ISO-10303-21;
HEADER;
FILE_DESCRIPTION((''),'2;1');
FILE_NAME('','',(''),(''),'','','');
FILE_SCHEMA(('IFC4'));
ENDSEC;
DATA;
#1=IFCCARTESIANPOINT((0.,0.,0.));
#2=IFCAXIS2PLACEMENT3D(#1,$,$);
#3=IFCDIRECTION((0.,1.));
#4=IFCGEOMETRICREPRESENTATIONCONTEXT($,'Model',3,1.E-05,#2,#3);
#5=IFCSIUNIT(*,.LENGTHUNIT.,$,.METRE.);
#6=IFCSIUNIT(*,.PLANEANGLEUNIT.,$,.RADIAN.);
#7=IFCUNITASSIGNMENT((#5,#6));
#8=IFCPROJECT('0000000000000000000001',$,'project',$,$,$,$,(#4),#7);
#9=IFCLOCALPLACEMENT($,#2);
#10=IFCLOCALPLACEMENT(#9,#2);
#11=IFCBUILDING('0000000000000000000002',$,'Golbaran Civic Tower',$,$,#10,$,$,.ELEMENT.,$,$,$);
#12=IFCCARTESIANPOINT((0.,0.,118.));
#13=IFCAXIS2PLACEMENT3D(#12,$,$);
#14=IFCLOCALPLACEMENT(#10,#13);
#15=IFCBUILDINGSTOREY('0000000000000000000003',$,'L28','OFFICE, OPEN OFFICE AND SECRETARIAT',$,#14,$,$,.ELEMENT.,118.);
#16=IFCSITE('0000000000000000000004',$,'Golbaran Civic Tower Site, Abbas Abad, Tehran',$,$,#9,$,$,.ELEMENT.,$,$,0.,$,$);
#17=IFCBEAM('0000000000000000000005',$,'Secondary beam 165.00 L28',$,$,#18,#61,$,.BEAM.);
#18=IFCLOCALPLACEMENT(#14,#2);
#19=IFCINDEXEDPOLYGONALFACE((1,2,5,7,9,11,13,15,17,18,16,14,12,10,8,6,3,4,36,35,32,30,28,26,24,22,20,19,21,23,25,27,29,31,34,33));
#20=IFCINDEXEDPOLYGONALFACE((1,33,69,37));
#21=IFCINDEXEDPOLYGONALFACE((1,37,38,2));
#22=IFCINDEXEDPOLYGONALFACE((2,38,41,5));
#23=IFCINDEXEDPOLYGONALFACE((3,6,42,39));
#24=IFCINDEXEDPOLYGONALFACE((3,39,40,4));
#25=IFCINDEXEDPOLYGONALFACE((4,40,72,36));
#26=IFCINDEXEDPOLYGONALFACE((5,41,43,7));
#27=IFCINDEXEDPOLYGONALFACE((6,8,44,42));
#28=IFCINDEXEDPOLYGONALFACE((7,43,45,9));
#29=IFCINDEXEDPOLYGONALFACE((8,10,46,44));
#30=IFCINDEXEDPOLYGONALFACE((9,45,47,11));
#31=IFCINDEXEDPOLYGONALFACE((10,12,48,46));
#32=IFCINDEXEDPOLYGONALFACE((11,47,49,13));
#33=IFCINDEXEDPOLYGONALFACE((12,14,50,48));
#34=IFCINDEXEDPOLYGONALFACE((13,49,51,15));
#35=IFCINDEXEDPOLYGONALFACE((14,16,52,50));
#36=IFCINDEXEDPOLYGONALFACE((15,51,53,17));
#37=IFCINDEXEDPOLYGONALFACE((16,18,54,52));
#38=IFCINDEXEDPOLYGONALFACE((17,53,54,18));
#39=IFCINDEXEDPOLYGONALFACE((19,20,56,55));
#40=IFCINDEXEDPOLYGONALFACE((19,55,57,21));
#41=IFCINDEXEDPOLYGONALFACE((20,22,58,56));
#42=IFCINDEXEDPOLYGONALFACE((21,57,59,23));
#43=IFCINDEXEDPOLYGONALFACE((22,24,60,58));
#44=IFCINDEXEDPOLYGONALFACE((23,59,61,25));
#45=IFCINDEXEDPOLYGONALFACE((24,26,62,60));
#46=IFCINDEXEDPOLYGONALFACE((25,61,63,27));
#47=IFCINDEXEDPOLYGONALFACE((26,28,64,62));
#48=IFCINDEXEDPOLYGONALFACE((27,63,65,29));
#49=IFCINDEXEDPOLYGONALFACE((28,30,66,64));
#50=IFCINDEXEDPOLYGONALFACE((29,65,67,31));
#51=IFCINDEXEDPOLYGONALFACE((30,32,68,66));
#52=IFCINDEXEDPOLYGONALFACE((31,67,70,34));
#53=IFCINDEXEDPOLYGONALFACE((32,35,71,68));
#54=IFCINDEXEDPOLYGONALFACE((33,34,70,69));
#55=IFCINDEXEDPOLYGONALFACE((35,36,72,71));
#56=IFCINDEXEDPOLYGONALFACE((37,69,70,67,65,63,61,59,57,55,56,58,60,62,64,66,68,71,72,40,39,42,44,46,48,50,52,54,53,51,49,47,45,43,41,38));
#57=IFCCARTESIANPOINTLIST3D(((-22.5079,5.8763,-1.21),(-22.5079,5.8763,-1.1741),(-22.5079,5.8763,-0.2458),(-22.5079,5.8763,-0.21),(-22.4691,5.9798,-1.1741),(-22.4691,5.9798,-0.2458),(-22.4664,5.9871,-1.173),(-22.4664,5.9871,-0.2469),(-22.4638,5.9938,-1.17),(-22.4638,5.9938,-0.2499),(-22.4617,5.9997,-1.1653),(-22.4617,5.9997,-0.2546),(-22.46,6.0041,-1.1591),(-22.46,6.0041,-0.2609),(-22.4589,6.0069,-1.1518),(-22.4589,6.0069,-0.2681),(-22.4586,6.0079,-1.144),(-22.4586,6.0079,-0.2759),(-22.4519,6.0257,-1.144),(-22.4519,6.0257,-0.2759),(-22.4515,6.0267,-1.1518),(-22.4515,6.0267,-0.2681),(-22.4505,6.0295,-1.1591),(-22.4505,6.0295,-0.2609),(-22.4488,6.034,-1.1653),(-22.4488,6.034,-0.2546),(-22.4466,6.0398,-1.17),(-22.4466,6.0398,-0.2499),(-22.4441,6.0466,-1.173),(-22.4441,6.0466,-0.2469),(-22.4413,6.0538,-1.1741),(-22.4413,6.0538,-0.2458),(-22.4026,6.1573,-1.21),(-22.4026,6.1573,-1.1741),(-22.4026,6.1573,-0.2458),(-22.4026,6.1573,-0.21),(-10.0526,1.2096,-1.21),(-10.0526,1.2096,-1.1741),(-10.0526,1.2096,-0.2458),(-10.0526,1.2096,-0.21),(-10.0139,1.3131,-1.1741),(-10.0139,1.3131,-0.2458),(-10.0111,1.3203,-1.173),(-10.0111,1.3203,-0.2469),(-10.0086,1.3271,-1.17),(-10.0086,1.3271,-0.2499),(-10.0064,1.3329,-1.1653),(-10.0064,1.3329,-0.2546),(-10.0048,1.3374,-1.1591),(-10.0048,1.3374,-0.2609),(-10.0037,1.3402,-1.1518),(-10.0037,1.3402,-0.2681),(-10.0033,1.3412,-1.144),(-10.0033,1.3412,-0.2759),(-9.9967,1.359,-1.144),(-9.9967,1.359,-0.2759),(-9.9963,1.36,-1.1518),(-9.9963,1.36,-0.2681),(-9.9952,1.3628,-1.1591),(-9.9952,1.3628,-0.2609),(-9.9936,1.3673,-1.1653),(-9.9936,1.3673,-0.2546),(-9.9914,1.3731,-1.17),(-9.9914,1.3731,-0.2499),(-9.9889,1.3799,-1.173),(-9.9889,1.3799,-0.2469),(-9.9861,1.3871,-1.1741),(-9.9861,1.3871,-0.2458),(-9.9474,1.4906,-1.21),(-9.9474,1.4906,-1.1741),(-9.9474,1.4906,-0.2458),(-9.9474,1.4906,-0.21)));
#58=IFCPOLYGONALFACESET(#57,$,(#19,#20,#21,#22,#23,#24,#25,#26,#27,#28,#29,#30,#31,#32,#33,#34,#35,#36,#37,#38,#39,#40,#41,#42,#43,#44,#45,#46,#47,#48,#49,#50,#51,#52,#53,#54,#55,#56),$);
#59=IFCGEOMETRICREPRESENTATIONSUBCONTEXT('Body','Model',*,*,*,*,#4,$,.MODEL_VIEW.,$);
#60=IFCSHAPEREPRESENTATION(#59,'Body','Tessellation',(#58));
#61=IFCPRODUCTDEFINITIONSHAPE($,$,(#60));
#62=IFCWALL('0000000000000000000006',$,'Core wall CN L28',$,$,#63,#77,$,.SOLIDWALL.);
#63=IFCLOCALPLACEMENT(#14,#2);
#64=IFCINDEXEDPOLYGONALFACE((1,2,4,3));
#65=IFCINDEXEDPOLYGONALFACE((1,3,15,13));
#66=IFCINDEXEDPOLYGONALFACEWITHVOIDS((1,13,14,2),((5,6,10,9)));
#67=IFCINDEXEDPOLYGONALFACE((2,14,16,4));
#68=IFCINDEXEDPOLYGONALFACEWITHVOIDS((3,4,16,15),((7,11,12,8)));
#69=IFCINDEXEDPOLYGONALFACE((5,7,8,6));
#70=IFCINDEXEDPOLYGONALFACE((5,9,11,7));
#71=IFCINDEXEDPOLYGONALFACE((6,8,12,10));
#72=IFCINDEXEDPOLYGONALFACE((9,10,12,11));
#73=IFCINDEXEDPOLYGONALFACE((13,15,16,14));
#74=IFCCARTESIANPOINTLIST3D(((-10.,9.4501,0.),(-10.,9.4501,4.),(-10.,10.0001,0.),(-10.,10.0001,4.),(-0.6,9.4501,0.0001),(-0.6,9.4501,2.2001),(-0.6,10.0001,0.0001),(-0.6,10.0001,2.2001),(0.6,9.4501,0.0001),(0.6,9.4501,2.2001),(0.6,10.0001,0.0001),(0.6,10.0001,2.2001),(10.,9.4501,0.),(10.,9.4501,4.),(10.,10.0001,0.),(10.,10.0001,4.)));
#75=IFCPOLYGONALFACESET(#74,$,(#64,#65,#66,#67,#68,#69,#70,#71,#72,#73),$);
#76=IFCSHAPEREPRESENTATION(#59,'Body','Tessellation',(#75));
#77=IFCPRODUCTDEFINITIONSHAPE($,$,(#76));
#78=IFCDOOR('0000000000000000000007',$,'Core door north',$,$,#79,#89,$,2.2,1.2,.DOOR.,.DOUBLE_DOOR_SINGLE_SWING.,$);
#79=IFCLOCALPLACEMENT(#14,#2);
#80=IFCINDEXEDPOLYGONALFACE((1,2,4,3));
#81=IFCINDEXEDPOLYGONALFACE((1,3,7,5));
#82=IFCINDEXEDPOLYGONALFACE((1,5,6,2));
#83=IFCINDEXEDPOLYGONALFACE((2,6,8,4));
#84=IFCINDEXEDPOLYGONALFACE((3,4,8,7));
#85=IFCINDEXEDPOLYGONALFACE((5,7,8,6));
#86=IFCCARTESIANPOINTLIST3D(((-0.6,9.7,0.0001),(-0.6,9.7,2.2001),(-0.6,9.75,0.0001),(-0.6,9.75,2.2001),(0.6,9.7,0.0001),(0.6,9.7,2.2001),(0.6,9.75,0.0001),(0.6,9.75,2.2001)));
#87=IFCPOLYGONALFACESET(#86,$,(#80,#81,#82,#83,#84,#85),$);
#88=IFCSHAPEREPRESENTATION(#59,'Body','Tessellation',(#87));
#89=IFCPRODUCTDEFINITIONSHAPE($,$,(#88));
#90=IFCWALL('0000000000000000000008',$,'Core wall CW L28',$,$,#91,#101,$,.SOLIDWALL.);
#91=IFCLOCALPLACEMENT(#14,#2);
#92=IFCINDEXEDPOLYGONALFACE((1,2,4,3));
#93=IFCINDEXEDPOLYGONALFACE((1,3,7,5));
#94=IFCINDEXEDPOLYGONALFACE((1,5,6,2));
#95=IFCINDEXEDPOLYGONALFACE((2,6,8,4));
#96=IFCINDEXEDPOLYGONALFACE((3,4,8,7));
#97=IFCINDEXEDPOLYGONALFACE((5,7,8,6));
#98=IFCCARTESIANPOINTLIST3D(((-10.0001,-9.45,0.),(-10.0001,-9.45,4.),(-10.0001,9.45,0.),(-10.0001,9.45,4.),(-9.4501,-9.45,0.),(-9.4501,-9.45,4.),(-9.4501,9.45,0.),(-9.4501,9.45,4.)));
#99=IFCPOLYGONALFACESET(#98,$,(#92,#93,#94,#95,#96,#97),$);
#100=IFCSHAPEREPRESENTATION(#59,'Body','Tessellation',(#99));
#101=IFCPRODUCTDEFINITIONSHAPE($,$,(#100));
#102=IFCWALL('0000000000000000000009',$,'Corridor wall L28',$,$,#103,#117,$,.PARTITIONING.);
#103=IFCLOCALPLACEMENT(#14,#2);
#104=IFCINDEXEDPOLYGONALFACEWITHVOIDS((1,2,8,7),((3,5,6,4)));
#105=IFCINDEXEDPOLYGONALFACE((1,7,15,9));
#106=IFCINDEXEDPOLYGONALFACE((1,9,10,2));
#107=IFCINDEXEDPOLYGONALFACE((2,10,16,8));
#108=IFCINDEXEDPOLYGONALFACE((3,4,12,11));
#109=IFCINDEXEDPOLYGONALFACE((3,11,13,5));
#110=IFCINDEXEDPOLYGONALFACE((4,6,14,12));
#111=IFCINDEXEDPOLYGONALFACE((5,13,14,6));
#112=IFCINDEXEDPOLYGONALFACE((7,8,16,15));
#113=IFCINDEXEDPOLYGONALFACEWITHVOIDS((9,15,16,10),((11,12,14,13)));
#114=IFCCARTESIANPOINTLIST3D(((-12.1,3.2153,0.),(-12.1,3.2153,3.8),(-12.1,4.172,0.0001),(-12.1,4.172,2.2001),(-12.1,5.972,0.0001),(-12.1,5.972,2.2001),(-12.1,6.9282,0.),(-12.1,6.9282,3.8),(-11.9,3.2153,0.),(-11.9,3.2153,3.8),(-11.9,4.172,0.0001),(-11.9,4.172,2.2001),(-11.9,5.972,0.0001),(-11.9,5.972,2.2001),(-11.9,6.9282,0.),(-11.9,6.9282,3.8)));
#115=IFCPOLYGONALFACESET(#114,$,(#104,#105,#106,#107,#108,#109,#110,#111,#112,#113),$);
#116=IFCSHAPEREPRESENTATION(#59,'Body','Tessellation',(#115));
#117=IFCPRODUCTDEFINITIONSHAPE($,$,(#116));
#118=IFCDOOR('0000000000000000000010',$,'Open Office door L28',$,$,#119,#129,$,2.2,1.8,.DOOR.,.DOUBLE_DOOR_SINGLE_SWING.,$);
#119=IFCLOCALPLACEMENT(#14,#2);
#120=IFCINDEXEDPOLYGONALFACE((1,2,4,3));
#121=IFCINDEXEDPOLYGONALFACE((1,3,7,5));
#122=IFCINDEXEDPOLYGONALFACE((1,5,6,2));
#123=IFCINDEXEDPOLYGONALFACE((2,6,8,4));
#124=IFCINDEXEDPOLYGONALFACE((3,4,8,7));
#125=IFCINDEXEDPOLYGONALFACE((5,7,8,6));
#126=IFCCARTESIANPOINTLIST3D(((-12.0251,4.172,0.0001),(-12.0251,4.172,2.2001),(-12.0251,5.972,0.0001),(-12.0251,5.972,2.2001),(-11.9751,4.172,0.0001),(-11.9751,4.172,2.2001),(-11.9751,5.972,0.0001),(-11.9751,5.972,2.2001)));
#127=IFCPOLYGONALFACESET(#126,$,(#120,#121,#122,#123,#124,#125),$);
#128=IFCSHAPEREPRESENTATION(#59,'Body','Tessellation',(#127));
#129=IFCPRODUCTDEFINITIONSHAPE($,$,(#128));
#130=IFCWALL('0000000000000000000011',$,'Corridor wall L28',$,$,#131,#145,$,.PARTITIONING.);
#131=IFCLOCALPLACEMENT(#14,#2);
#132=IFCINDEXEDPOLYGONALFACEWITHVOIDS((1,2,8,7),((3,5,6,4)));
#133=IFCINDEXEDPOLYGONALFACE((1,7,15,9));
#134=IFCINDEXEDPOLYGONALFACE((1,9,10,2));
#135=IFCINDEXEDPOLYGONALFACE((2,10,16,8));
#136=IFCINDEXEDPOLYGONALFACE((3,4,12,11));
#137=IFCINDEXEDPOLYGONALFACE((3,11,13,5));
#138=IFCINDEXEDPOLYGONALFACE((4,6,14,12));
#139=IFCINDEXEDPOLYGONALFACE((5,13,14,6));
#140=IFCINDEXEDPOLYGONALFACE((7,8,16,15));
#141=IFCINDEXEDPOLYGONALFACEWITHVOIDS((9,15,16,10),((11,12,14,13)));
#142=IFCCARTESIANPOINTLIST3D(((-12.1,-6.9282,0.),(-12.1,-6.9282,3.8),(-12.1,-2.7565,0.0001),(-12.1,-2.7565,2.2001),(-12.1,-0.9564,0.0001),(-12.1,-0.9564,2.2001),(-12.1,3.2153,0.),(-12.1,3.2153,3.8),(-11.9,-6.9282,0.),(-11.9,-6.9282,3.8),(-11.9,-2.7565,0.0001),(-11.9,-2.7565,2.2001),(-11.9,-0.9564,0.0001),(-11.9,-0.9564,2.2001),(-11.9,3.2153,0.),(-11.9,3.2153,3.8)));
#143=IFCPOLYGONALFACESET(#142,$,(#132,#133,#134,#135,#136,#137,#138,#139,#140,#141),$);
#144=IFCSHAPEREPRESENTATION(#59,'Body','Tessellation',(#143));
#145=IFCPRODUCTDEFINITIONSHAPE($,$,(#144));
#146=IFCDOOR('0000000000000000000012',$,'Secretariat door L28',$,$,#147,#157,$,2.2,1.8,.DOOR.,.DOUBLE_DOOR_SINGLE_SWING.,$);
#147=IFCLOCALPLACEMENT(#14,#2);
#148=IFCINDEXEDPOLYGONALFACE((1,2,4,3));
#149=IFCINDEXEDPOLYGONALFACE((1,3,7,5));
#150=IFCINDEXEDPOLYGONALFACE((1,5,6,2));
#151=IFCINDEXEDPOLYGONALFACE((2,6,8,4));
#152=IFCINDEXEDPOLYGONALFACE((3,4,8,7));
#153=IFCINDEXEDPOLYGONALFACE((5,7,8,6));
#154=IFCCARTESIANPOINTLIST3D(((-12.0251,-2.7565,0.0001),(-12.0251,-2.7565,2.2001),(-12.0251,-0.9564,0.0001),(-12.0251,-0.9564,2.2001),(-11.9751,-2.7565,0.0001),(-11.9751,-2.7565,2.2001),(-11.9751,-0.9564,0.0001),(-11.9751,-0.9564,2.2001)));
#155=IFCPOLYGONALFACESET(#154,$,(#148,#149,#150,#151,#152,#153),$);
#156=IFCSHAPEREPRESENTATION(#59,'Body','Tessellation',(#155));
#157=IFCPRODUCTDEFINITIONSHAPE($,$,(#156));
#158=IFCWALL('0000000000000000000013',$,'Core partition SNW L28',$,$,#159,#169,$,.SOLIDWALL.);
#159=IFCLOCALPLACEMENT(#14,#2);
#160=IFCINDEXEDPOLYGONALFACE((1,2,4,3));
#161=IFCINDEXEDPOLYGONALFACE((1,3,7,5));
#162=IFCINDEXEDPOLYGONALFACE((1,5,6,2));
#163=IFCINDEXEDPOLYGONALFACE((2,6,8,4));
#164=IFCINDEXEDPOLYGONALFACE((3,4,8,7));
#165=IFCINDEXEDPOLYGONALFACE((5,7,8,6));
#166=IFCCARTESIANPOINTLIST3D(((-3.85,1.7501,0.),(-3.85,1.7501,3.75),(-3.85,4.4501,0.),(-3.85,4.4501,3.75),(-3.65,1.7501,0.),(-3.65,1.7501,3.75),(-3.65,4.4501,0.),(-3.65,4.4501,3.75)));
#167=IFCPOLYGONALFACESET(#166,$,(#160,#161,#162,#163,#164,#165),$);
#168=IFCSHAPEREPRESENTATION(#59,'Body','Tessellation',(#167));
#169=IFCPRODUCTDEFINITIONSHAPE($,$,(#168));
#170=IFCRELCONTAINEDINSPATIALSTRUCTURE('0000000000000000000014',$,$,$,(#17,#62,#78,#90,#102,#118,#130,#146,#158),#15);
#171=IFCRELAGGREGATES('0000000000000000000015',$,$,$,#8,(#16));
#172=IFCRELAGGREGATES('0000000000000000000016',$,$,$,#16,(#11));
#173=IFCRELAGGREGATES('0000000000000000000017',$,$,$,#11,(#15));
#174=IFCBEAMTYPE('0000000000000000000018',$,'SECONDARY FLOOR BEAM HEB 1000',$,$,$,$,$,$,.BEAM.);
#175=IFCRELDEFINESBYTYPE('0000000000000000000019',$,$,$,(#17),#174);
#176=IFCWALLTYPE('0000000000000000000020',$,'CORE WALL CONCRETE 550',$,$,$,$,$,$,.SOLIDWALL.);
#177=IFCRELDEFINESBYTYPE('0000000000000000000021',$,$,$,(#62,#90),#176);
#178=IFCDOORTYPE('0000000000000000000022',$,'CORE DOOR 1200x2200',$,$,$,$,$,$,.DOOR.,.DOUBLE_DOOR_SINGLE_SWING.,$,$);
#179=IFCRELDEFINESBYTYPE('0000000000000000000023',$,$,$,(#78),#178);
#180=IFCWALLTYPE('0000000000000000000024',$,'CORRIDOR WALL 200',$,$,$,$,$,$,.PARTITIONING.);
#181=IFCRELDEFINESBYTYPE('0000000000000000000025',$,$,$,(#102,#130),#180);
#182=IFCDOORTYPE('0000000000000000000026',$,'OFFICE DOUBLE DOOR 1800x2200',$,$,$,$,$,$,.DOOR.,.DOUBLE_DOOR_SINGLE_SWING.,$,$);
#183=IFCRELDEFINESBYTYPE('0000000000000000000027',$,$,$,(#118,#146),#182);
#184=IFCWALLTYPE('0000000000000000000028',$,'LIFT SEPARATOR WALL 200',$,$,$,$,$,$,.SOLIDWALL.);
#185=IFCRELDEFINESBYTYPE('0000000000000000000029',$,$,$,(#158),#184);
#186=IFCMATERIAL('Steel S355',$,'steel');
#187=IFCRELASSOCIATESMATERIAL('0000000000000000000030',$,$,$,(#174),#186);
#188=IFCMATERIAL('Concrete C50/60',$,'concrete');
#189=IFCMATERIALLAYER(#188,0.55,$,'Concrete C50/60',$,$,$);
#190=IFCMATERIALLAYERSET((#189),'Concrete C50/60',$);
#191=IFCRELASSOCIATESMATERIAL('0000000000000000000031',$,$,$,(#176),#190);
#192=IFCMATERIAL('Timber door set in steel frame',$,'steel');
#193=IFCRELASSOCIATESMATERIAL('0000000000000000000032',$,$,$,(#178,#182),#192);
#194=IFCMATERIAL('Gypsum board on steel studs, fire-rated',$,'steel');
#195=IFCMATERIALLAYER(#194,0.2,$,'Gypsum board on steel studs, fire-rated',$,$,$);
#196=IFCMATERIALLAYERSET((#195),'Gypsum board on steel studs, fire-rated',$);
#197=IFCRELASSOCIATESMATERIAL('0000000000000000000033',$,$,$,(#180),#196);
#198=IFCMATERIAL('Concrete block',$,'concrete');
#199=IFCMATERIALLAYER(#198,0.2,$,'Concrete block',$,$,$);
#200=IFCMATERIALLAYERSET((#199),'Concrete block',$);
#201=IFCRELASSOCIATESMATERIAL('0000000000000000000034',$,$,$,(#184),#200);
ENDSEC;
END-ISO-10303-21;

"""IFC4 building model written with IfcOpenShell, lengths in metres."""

from ifc_helpers import new_model, si_unit, direction, frame, frame_2d, origin, origin_2d, place, context, subcontext, project, spatial, rectangle, i_section, extrude, material, layer, layer_set, material_profile, profile_set, type_object, element, fill, save


model = new_model("IFC4")

# Units and contexts
model_context = context("Model", 3, precision=1e-05, world=origin(), true_north=direction((0.0, 1.0)))
body_context = subcontext(model_context, "Body", "Model", "MODEL_VIEW")
ifc_project = project(units=[si_unit("LENGTHUNIT", "METRE"), si_unit("PLANEANGLEUNIT", "RADIAN")], contexts=[model_context])

# Site, building, storey
site_placement = place(None, origin())
site = spatial("IfcSite", under=ifc_project, at=site_placement, Name="Golbaran Civic Tower Site, Abbas Abad, Tehran", CompositionType="ELEMENT", RefElevation=0.0)
building_placement = place(site_placement, origin())
building = spatial("IfcBuilding", under=site, at=building_placement, Name="Golbaran Civic Tower", CompositionType="ELEMENT")
storey_placement = place(building_placement, frame((0.0, 0.0, 118.0)))
storey = spatial("IfcBuildingStorey", under=building, at=storey_placement, Name="L28", Description="OFFICE, OPEN OFFICE AND SECRETARIAT", CompositionType="ELEMENT", Elevation=118.0)

# Beam
ifc_material_1 = material(Name="Steel S355", Category="steel")
ifc_material_profile_1 = material_profile(ifc_material_1, i_section(OverallWidth=0.3, OverallDepth=1.0, WebThickness=0.019, FlangeThickness=0.0359, FilletRadius=0.03, at=origin_2d()), Name="HEB 1000")
ifc_profile_set_1 = profile_set([ifc_material_profile_1], Name="Steel S355")
beam_type_1 = type_object("IfcBeamType", Name="SECONDARY FLOOR BEAM HEB 1000", PredefinedType="BEAM", material=ifc_profile_set_1)
beam_1_placement = place(storey_placement, frame((-10.0, 1.3501, -0.71), z_axis=(-0.936428, 0.35086, 0.0), x_axis=(-0.35086, -0.936428, 0.0)))
element("IfcBeam", 1, at=beam_1_placement, inside=storey, type_object=beam_type_1, Name="Secondary beam 165.00 L28", PredefinedType="BEAM", context=body_context, shape_type="SweptSolid", body=[
    extrude(i_section(OverallWidth=0.3, OverallDepth=1.0, WebThickness=0.019, FlangeThickness=0.0359, FilletRadius=0.03, at=origin_2d()), origin(), (0.0, 0.0, 1.0), 13.3008),
])

# Wall, opening, door
ifc_material_2 = material(Name="Concrete C50/60", Category="concrete")
ifc_layer_1 = layer(ifc_material_2, 0.55, Name="Concrete C50/60")
ifc_layer_set_1 = layer_set([ifc_layer_1], Name="Concrete C50/60")
wall_type_1 = type_object("IfcWallType", Name="CORE WALL CONCRETE 550", PredefinedType="SOLIDWALL", material=ifc_layer_set_1)
wall_1_placement = place(storey_placement, frame((-10.0, 9.7251, 0.0), z_axis=(0.0, 0.0, 1.0), x_axis=(1.0, 0.0, 0.0)))
wall_1 = element("IfcWall", 2, at=wall_1_placement, inside=storey, type_object=wall_type_1, Name="Core wall CN L28", PredefinedType="SOLIDWALL", context=body_context, shape_type="SweptSolid", body=[
    extrude(rectangle(XDim=20.0, YDim=0.55, at=frame_2d((10.0, 0.0))), origin(), (0.0, 0.0, 1.0), 4.0),
])
opening_1_placement = place(wall_1_placement, frame((9.3999, 0.0, 0.0)))
opening_1 = element("IfcOpeningElement", 3, at=opening_1_placement, cuts=wall_1, PredefinedType="OPENING", context=body_context, shape_type="SweptSolid", body=[
    extrude(rectangle(XDim=1.2, YDim=2.2, at=frame_2d((0.6001, 1.1001))), frame((0.0, 0.2849, 0.0), z_axis=(0.0, -1.0, 0.0), x_axis=(1.0, 0.0, 0.0)), (0.0, 0.0, 1.0), 0.5701),
])
ifc_material_3 = material(Name="Timber door set in steel frame", Category="steel")
door_type_1 = type_object("IfcDoorType", Name="CORE DOOR 1200x2200", OperationType="DOUBLE_DOOR_SINGLE_SWING", PredefinedType="DOOR", material=ifc_material_3)
door_1_placement = place(opening_1_placement, origin())
door_1 = element("IfcDoor", 4, at=door_1_placement, inside=storey, type_object=door_type_1, Name="Core door north", OperationType="DOUBLE_DOOR_SINGLE_SWING", OverallHeight=2.2, OverallWidth=1.2, PredefinedType="DOOR", context=body_context, shape_type="SweptSolid", body=[
    extrude(rectangle(XDim=1.2, YDim=2.2, at=frame_2d((0.6001, 1.1001))), frame((0.0, 0.0249, 0.0), z_axis=(0.0, -1.0, 0.0), x_axis=(1.0, 0.0, 0.0)), (0.0, 0.0, 1.0), 0.05),
])
fill(opening_1, door_1)

# Wall
wall_2_placement = place(storey_placement, frame((-9.7251, 9.45, 0.0), z_axis=(0.0, 0.0, 1.0), x_axis=(0.0, -1.0, 0.0)))
element("IfcWall", 5, at=wall_2_placement, inside=storey, type_object=wall_type_1, Name="Core wall CW L28", PredefinedType="SOLIDWALL", context=body_context, shape_type="SweptSolid", body=[
    extrude(rectangle(XDim=18.8999, YDim=0.55, at=frame_2d((9.45, 0.0))), origin(), (0.0, 0.0, 1.0), 4.0),
])

# Walls, openings, doors
ifc_material_4 = material(Name="Gypsum board on steel studs, fire-rated", Category="steel")
ifc_layer_2 = layer(ifc_material_4, 0.2, Name="Gypsum board on steel studs, fire-rated")
ifc_layer_set_2 = layer_set([ifc_layer_2], Name="Gypsum board on steel studs, fire-rated")
wall_type_2 = type_object("IfcWallType", Name="CORRIDOR WALL 200", PredefinedType="PARTITIONING", material=ifc_layer_set_2)
wall_3_placement = place(storey_placement, frame((-12.0, 6.9282, 0.0), z_axis=(0.0, 0.0, 1.0), x_axis=(0.0, -1.0, 0.0)))
wall_3 = element("IfcWall", 6, at=wall_3_placement, inside=storey, type_object=wall_type_2, Name="Corridor wall L28", PredefinedType="PARTITIONING", context=body_context, shape_type="SweptSolid", body=[
    extrude(rectangle(XDim=3.7129, YDim=0.2, at=frame_2d((1.8564, 0.0))), origin(), (0.0, 0.0, 1.0), 3.8),
])
opening_2_placement = place(wall_3_placement, frame((0.9563, 0.0, 0.0)))
opening_2 = element("IfcOpeningElement", 7, at=opening_2_placement, cuts=wall_3, PredefinedType="OPENING", context=body_context, shape_type="SweptSolid", body=[
    extrude(rectangle(XDim=1.8, YDim=2.2, at=frame_2d((0.8999, 1.1001))), frame((0.0, 0.1099, 0.0), z_axis=(0.0, -1.0, 0.0), x_axis=(1.0, 0.0, 0.0)), (0.0, 0.0, 1.0), 0.22),
])
door_type_2 = type_object("IfcDoorType", Name="OFFICE DOUBLE DOOR 1800x2200", OperationType="DOUBLE_DOOR_SINGLE_SWING", PredefinedType="DOOR", material=ifc_material_3)
door_2_placement = place(opening_2_placement, origin())
door_2 = element("IfcDoor", 8, at=door_2_placement, inside=storey, type_object=door_type_2, Name="Open Office door L28", OperationType="DOUBLE_DOOR_SINGLE_SWING", OverallHeight=2.2, OverallWidth=1.8, PredefinedType="DOOR", context=body_context, shape_type="SweptSolid", body=[
    extrude(rectangle(XDim=1.8, YDim=2.2, at=frame_2d((0.8999, 1.1001))), frame((0.0, 0.0249, 0.0), z_axis=(0.0, -1.0, 0.0), x_axis=(1.0, 0.0, 0.0)), (0.0, 0.0, 1.0), 0.05),
])
fill(opening_2, door_2)
wall_4_placement = place(storey_placement, frame((-12.0, 3.2153, 0.0), z_axis=(0.0, 0.0, 1.0), x_axis=(0.0, -1.0, 0.0)))
wall_4 = element("IfcWall", 9, at=wall_4_placement, inside=storey, type_object=wall_type_2, Name="Corridor wall L28", PredefinedType="PARTITIONING", context=body_context, shape_type="SweptSolid", body=[
    extrude(rectangle(XDim=10.1436, YDim=0.2, at=frame_2d((5.0718, 0.0))), origin(), (0.0, 0.0, 1.0), 3.8),
])
opening_3_placement = place(wall_4_placement, frame((4.1719, 0.0, 0.0)))
opening_3 = element("IfcOpeningElement", 10, at=opening_3_placement, cuts=wall_4, PredefinedType="OPENING", context=body_context, shape_type="SweptSolid", body=[
    extrude(rectangle(XDim=1.8, YDim=2.2, at=frame_2d((0.8999, 1.1001))), frame((0.0, 0.1099, 0.0), z_axis=(0.0, -1.0, 0.0), x_axis=(1.0, 0.0, 0.0)), (0.0, 0.0, 1.0), 0.22),
])
door_3_placement = place(opening_3_placement, origin())
door_3 = element("IfcDoor", 11, at=door_3_placement, inside=storey, type_object=door_type_2, Name="Secretariat door L28", OperationType="DOUBLE_DOOR_SINGLE_SWING", OverallHeight=2.2, OverallWidth=1.8, PredefinedType="DOOR", context=body_context, shape_type="SweptSolid", body=[
    extrude(rectangle(XDim=1.8, YDim=2.2, at=frame_2d((0.8999, 1.1001))), frame((0.0, 0.0249, 0.0), z_axis=(0.0, -1.0, 0.0), x_axis=(1.0, 0.0, 0.0)), (0.0, 0.0, 1.0), 0.05),
])
fill(opening_3, door_3)

# Wall
ifc_material_5 = material(Name="Concrete block", Category="concrete")
ifc_layer_3 = layer(ifc_material_5, 0.2, Name="Concrete block")
ifc_layer_set_3 = layer_set([ifc_layer_3], Name="Concrete block")
wall_type_3 = type_object("IfcWallType", Name="LIFT SEPARATOR WALL 200", PredefinedType="SOLIDWALL", material=ifc_layer_set_3)
wall_5_placement = place(storey_placement, frame((-3.75, 1.75, 0.0), z_axis=(0.0, 0.0, 1.0), x_axis=(0.0, 1.0, 0.0)))
element("IfcWall", 12, at=wall_5_placement, inside=storey, type_object=wall_type_3, Name="Core partition SNW L28", PredefinedType="SOLIDWALL", context=body_context, shape_type="SweptSolid", body=[
    extrude(rectangle(XDim=2.7, YDim=0.2, at=frame_2d((1.3501, 0.0))), origin(), (0.0, 0.0, 1.0), 3.75),
])

save(model, "model.ifc")
